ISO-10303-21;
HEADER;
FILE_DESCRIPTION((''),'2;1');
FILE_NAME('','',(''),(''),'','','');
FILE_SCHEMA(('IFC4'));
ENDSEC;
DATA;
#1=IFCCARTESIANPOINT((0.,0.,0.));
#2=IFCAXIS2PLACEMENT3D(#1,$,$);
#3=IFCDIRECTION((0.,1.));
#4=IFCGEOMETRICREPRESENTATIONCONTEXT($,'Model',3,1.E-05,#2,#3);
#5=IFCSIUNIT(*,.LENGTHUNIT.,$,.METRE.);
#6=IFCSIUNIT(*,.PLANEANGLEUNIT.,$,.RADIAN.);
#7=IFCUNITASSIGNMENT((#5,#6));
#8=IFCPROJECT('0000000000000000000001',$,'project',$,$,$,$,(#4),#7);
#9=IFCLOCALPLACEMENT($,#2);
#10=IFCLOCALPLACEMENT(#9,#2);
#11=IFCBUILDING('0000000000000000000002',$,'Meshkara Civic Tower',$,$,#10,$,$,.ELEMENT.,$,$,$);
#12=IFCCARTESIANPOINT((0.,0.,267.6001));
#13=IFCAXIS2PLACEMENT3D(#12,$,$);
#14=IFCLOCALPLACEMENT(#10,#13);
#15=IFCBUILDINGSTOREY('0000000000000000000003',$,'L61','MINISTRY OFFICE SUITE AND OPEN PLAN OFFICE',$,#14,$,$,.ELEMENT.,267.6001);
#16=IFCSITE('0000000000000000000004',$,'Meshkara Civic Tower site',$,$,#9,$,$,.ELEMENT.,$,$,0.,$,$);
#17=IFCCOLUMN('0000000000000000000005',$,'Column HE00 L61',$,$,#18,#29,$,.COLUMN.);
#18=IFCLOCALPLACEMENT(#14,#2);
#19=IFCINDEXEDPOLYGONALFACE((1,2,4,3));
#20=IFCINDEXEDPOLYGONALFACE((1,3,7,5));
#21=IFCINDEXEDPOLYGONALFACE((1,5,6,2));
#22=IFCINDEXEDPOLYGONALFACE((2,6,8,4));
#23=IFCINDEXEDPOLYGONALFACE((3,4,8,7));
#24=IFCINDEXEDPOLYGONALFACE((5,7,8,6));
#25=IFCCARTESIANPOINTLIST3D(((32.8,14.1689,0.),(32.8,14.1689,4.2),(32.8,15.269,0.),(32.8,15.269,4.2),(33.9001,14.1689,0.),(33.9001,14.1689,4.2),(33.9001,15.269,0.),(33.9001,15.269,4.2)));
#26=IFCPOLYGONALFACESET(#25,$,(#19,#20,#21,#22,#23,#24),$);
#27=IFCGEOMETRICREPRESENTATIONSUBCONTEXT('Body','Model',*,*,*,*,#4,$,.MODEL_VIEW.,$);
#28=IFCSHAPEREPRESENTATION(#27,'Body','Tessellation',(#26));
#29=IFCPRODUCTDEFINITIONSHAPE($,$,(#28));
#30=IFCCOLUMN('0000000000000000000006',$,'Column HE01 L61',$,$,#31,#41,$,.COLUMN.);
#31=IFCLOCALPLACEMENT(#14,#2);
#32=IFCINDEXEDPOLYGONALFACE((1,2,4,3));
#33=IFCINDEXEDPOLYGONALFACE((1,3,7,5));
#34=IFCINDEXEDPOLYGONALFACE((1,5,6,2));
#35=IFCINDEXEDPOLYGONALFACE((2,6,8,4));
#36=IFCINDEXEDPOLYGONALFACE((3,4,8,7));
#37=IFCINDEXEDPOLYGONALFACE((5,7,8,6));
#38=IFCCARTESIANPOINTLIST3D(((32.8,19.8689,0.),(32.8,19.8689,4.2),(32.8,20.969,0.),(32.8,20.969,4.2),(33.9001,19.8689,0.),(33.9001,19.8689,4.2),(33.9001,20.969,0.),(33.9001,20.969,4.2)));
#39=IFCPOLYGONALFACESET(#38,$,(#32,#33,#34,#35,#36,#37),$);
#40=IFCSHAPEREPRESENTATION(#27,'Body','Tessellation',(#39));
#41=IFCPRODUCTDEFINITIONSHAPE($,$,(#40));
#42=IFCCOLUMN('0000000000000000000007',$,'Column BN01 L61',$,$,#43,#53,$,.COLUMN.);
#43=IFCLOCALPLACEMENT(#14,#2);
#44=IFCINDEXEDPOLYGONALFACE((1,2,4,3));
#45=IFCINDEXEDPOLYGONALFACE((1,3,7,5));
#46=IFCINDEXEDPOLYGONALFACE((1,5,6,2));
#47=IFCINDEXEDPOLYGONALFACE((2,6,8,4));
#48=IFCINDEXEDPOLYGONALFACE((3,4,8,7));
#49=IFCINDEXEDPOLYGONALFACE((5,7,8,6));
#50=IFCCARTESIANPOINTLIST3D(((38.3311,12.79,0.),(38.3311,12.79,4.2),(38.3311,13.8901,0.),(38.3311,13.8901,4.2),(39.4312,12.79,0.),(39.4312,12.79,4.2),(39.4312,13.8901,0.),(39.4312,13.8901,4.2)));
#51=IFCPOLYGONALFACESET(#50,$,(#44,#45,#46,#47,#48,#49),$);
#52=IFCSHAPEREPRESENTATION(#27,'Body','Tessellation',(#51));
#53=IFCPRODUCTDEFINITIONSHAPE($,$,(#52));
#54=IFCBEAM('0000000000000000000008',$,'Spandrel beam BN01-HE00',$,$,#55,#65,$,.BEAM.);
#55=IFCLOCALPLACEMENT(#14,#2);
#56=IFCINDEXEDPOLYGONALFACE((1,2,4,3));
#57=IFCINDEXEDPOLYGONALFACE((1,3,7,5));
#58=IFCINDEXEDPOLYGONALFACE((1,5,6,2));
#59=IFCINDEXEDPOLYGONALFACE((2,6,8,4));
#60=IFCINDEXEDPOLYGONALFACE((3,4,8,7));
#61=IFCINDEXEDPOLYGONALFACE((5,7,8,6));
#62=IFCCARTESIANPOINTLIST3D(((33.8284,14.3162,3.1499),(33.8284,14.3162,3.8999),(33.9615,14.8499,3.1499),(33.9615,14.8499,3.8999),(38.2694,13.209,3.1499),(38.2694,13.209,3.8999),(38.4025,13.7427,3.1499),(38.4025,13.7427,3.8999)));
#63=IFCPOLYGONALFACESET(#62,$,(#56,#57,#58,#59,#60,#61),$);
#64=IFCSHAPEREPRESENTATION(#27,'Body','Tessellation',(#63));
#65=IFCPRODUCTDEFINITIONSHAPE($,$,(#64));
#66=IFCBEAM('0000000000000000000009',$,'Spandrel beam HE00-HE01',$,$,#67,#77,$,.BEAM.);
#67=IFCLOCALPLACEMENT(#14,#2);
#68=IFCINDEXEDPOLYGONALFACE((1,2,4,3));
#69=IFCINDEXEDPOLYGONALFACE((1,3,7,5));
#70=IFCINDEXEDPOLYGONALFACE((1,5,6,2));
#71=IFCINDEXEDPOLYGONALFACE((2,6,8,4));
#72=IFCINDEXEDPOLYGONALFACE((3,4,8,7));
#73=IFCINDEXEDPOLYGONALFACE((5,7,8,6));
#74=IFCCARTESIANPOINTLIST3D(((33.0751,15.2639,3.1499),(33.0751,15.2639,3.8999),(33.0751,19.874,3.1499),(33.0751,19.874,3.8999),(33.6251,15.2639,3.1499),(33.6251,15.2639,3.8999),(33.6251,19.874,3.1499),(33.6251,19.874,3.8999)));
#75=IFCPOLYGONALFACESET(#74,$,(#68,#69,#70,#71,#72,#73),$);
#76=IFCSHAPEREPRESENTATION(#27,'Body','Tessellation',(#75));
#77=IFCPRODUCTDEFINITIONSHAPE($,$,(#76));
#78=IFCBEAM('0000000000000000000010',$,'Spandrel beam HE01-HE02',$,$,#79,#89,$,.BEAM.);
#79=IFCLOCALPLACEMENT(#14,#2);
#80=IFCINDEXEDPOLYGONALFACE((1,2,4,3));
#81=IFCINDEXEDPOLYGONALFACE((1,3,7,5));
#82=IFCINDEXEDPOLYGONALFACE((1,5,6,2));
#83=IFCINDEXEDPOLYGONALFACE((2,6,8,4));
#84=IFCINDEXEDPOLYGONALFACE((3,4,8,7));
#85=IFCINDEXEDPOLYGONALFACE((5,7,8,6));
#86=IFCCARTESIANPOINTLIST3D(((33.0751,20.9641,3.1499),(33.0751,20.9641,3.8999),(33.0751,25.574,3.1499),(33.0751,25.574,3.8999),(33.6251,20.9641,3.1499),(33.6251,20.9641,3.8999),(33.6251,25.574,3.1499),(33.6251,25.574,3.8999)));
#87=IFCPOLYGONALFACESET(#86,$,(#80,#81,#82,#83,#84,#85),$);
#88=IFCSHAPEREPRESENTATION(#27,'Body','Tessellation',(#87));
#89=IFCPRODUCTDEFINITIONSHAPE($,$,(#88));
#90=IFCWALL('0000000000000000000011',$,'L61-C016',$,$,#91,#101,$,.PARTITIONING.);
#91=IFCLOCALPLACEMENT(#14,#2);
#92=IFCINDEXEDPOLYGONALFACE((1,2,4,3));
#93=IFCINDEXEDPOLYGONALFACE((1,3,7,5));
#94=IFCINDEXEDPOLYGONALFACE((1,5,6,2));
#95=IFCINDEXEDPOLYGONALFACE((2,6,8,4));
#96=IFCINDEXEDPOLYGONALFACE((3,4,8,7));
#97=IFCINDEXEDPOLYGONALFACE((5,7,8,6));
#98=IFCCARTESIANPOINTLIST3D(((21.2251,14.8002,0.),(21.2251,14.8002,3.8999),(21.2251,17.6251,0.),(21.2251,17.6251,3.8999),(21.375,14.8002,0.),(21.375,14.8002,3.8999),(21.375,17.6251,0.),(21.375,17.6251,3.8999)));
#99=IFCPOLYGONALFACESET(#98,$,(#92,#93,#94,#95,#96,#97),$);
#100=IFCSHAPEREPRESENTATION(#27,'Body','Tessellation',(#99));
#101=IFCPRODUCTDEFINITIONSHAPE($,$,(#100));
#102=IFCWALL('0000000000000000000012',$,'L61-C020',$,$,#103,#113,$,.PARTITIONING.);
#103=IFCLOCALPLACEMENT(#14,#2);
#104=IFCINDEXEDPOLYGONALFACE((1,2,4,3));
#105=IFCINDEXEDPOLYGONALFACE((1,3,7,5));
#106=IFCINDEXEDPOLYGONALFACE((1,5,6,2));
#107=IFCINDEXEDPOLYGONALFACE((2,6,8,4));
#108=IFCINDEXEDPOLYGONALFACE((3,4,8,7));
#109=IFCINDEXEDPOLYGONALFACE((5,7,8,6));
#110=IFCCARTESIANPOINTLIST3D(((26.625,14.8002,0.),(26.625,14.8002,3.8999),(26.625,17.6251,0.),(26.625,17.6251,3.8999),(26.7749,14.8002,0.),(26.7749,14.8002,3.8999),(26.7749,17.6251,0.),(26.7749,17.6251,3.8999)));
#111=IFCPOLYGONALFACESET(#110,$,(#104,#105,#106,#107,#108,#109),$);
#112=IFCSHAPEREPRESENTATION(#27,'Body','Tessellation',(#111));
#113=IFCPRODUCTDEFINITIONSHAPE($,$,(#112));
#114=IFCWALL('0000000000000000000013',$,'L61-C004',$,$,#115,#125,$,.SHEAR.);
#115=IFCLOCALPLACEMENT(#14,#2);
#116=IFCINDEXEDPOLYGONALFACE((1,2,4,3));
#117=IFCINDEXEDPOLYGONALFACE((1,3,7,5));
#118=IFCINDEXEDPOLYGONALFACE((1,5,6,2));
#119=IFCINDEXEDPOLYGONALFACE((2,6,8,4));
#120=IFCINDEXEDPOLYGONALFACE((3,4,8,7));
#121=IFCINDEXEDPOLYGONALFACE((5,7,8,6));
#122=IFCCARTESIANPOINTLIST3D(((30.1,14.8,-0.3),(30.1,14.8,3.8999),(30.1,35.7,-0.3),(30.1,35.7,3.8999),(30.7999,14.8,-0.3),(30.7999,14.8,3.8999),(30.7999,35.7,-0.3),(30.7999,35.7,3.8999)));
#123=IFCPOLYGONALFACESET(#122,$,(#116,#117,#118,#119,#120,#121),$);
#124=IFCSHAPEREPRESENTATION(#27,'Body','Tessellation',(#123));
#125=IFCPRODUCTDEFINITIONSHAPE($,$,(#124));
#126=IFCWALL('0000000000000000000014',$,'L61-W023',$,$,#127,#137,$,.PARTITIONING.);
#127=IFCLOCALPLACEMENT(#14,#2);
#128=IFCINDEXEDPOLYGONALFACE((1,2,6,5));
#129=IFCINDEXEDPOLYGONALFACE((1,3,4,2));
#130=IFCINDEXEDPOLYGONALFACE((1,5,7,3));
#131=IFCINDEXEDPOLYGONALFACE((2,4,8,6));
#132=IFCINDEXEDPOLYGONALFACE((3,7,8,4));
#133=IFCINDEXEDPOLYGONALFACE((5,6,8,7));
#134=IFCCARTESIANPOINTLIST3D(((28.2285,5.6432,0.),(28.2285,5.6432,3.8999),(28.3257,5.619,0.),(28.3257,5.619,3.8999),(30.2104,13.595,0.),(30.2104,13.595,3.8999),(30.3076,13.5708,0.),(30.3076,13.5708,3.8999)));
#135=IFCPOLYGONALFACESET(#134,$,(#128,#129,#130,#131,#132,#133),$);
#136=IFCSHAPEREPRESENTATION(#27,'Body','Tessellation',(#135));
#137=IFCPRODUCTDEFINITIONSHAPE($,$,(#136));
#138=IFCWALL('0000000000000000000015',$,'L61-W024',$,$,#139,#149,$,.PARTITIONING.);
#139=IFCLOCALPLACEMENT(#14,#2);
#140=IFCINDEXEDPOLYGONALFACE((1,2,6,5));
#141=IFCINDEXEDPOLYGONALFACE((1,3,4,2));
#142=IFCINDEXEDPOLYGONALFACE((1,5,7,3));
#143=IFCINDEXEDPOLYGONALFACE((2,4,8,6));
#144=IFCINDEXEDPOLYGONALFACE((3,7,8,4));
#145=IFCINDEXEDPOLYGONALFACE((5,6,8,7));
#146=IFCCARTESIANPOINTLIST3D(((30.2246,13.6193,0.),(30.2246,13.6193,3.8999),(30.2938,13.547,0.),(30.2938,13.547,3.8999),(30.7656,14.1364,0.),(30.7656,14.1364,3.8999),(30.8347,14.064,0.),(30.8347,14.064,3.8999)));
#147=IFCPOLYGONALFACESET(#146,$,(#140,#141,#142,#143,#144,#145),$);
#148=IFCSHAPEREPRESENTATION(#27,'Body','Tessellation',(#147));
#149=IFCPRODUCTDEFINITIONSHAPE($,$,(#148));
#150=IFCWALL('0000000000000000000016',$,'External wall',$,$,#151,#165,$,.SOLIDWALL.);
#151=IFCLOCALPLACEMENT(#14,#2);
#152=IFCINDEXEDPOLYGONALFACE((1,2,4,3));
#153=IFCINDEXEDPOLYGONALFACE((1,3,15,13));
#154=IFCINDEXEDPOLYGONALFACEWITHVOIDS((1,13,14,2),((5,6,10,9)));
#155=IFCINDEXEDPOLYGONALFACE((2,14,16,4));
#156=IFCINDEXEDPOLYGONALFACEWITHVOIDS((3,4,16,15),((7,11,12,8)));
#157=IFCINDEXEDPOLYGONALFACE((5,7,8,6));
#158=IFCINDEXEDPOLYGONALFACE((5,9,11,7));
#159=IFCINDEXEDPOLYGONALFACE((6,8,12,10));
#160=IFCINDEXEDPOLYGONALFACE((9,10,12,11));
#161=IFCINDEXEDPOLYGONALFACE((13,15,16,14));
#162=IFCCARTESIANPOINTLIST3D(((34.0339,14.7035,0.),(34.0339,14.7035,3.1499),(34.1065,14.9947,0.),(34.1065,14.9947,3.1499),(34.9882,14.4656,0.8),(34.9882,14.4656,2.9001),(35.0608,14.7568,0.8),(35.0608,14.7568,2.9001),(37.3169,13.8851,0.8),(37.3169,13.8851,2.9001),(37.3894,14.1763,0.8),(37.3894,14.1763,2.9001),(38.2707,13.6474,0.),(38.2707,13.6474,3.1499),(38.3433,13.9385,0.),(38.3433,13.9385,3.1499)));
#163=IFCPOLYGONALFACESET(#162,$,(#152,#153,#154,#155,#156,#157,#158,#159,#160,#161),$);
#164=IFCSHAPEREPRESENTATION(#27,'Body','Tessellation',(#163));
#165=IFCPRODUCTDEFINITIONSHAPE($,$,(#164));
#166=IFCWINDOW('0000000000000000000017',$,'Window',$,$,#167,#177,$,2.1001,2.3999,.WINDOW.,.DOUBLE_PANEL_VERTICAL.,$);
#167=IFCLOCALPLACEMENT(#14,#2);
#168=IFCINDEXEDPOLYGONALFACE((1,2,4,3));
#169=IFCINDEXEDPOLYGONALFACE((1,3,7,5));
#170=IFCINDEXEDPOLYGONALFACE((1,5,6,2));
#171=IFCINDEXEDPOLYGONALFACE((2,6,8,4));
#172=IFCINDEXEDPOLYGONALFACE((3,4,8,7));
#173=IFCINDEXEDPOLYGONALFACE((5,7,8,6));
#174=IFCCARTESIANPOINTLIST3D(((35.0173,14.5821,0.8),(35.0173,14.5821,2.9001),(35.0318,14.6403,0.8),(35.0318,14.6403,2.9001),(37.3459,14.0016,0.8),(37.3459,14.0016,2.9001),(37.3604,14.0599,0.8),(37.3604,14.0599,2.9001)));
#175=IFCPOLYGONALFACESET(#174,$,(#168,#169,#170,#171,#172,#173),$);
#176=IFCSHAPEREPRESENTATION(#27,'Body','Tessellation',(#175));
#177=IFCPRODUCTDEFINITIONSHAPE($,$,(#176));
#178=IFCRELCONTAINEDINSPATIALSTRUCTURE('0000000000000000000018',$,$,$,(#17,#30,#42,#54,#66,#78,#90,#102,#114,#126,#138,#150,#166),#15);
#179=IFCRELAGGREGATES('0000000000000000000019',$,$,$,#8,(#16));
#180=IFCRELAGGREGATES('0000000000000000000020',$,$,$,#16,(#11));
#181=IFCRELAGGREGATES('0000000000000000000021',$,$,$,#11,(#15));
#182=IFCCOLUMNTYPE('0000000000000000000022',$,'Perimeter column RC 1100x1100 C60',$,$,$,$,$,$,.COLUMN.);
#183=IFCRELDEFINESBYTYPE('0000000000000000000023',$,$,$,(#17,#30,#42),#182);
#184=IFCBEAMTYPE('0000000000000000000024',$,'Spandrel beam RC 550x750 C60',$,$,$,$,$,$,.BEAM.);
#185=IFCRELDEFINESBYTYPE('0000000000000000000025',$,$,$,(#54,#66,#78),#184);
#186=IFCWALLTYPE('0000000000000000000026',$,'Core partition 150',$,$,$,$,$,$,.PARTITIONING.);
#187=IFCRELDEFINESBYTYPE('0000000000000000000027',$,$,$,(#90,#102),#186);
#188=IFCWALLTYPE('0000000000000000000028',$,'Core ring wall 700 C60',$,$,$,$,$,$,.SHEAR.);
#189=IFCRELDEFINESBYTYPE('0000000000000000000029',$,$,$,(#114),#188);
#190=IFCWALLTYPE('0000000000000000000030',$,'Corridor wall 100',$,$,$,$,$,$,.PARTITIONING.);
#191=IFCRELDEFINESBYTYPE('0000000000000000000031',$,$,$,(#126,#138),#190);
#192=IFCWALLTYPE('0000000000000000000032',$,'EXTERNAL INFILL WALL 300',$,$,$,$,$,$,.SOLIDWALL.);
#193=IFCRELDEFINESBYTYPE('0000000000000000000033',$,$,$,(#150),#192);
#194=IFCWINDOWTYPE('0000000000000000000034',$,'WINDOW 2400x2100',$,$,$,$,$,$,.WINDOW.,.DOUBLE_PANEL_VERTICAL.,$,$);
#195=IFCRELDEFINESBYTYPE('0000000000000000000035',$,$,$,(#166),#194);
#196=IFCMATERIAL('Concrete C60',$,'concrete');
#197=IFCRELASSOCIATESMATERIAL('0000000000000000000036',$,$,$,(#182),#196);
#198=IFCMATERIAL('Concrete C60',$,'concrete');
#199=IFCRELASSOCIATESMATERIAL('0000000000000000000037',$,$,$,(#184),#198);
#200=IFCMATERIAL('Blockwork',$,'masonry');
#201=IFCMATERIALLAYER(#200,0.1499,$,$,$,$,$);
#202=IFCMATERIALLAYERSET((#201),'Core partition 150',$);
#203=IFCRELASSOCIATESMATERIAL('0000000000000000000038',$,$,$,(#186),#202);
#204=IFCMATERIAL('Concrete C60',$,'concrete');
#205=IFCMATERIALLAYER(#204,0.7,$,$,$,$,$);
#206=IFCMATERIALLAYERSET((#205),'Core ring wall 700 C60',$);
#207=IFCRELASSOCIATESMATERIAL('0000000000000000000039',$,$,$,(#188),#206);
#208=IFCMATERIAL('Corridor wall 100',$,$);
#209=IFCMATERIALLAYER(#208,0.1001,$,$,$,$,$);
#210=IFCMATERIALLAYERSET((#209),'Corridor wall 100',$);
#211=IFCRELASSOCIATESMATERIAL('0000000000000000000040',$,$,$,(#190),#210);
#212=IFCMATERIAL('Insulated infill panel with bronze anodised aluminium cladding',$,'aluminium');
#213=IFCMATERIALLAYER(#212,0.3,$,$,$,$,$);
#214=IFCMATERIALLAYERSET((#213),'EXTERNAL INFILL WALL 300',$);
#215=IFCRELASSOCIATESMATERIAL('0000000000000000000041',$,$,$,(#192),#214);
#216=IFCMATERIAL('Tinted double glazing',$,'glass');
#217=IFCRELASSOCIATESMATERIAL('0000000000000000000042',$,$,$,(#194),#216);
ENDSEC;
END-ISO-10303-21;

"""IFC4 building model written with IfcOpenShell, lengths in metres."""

from ifc_helpers import new_model, si_unit, direction, frame, frame_2d, origin, origin_2d, place, context, subcontext, project, spatial, rectangle, extrude, material, layer, layer_set, material_profile, profile_set, type_object, element, fill, save


model = new_model("IFC4")

# Units and contexts
model_context = context("Model", 3, precision=1e-05, world=origin(), true_north=direction((0.0, 1.0)))
body_context = subcontext(model_context, "Body", "Model", "MODEL_VIEW")
ifc_project = project(units=[si_unit("LENGTHUNIT", "METRE"), si_unit("PLANEANGLEUNIT", "RADIAN")], contexts=[model_context])

# Site, building, storey
site_placement = place(None, origin())
site = spatial("IfcSite", under=ifc_project, at=site_placement, Name="Meshkara Civic Tower site", CompositionType="ELEMENT", RefElevation=0.0)
building_placement = place(site_placement, origin())
building = spatial("IfcBuilding", under=site, at=building_placement, Name="Meshkara Civic Tower", CompositionType="ELEMENT")
storey_placement = place(building_placement, frame((0.0, 0.0, 267.6001)))
storey = spatial("IfcBuildingStorey", under=building, at=storey_placement, Name="L61", Description="MINISTRY OFFICE SUITE AND OPEN PLAN OFFICE", CompositionType="ELEMENT", Elevation=267.6001)

# Columns
ifc_material_1 = material(Name="Concrete C60", Category="concrete")
ifc_material_profile_1 = material_profile(ifc_material_1, rectangle(XDim=1.1001, YDim=1.1001, at=origin_2d()))
ifc_profile_set_1 = profile_set([ifc_material_profile_1], Name="Concrete C60")
column_type = type_object("IfcColumnType", Name="Perimeter column RC 1100x1100 C60", PredefinedType="COLUMN", material=ifc_profile_set_1)
for number, where, z_axis, x_axis, name in (
    (1, (33.3501, 14.719, 0.0), (0.0, 0.0, 1.0), (1.0, 0.0, 0.0), "Column HE00 L61"),
    (2, (33.3501, 20.4189, 0.0), (0.0, 0.0, 1.0), (1.0, 0.0, 0.0), "Column HE01 L61"),
    (3, (38.8811, 13.3401, 0.0), (0.0, 0.0, 1.0), (1.0, 0.0, 0.0), "Column BN01 L61"),
):
    element("IfcColumn", number, at=place(storey_placement, frame(where, z_axis=z_axis, x_axis=x_axis)), inside=storey, type_object=column_type, Name=name, PredefinedType="COLUMN", context=body_context, shape_type="SweptSolid", body=[
        extrude(rectangle(XDim=1.1001, YDim=1.1001, at=origin_2d()), origin(), (0.0, 0.0, 1.0), 4.2),
    ])

# Beams
ifc_material_2 = material(Name="Concrete C60", Category="concrete")
ifc_material_profile_2 = material_profile(ifc_material_2, rectangle(XDim=0.55, YDim=0.75, at=origin_2d()))
ifc_profile_set_2 = profile_set([ifc_material_profile_2], Name="Concrete C60")
beam_type = type_object("IfcBeamType", Name="Spandrel beam RC 550x750 C60", PredefinedType="BEAM", material=ifc_profile_set_2)
beam_1_placement = place(storey_placement, frame((38.3359, 13.4758, 3.5249), z_axis=(-0.970299, 0.241908, 0.0), x_axis=(-0.241908, -0.970299, 0.0)))
element("IfcBeam", 4, at=beam_1_placement, inside=storey, type_object=beam_type, Name="Spandrel beam BN01-HE00", PredefinedType="BEAM", context=body_context, shape_type="SweptSolid", body=[
    extrude(rectangle(XDim=0.55, YDim=0.75, at=origin_2d()), origin(), (0.0, 0.0, 1.0), 4.5769),
])
beam_2_placement = place(storey_placement, frame((33.3501, 15.2639, 3.5249), z_axis=(0.0, 1.0, 0.0), x_axis=(-1.0, 0.0, 0.0)))
element("IfcBeam", 5, at=beam_2_placement, inside=storey, type_object=beam_type, Name="Spandrel beam HE00-HE01", PredefinedType="BEAM", context=body_context, shape_type="SweptSolid", body=[
    extrude(rectangle(XDim=0.55, YDim=0.75, at=origin_2d()), origin(), (0.0, 0.0, 1.0), 4.6101),
])
beam_3_placement = place(storey_placement, frame((33.3501, 20.9641, 3.5249), z_axis=(0.0, 1.0, 0.0), x_axis=(-1.0, 0.0, 0.0)))
element("IfcBeam", 6, at=beam_3_placement, inside=storey, type_object=beam_type, Name="Spandrel beam HE01-HE02", PredefinedType="BEAM", context=body_context, shape_type="SweptSolid", body=[
    extrude(rectangle(XDim=0.55, YDim=0.75, at=origin_2d()), origin(), (0.0, 0.0, 1.0), 4.6099),
])

# Walls
ifc_material_3 = material(Name="Blockwork", Category="masonry")
ifc_layer_1 = layer(ifc_material_3, 0.1499)
ifc_layer_set_1 = layer_set([ifc_layer_1], Name="Core partition 150")
wall_type_1 = type_object("IfcWallType", Name="Core partition 150", PredefinedType="PARTITIONING", material=ifc_layer_set_1)
for number, where, z_axis, x_axis, name in (
    (7, (21.3, 14.8, 0.0), (0.0, 0.0, 1.0), (0.0, 1.0, 0.0), "L61-C016"),
    (8, (26.7, 14.8, 0.0), (0.0, 0.0, 1.0), (0.0, 1.0, 0.0), "L61-C020"),
):
    element("IfcWall", number, at=place(storey_placement, frame(where, z_axis=z_axis, x_axis=x_axis)), inside=storey, type_object=wall_type_1, Name=name, PredefinedType="PARTITIONING", context=body_context, shape_type="SweptSolid", body=[
        extrude(rectangle(XDim=2.825, YDim=0.1499, at=frame_2d((1.4126, 0.0))), origin(), (0.0, 0.0, 1.0), 3.8999),
    ])
ifc_material_4 = material(Name="Concrete C60", Category="concrete")
ifc_layer_2 = layer(ifc_material_4, 0.7)
ifc_layer_set_2 = layer_set([ifc_layer_2], Name="Core ring wall 700 C60")
wall_type_2 = type_object("IfcWallType", Name="Core ring wall 700 C60", PredefinedType="SHEAR", material=ifc_layer_set_2)
wall_1_placement = place(storey_placement, frame((30.45, 14.8, -0.3), z_axis=(0.0, 0.0, 1.0), x_axis=(0.0, 1.0, 0.0)))
element("IfcWall", 9, at=wall_1_placement, inside=storey, type_object=wall_type_2, Name="L61-C004", PredefinedType="SHEAR", context=body_context, shape_type="SweptSolid", body=[
    extrude(rectangle(XDim=20.8999, YDim=0.7, at=frame_2d((10.45, 0.0))), origin(), (0.0, 0.0, 1.0), 4.2),
])
ifc_material_5 = material(Name="Corridor wall 100")
ifc_layer_3 = layer(ifc_material_5, 0.1001)
ifc_layer_set_3 = layer_set([ifc_layer_3], Name="Corridor wall 100")
wall_type_3 = type_object("IfcWallType", Name="Corridor wall 100", PredefinedType="PARTITIONING", material=ifc_layer_set_3)
wall_2_placement = place(storey_placement, frame((30.259, 13.583, 0.0), z_axis=(0.0, 0.0, 1.0), x_axis=(-0.241842, -0.970316, 0.0)))
element("IfcWall", 10, at=wall_2_placement, inside=storey, type_object=wall_type_3, Name="L61-W023", PredefinedType="PARTITIONING", context=body_context, shape_type="SweptSolid", body=[
    extrude(rectangle(XDim=8.1951, YDim=0.1001, at=frame_2d((4.0977, 0.0))), origin(), (0.0, 0.0, 1.0), 3.8999),
])
wall_3_placement = place(storey_placement, frame((30.8, 14.1001, 0.0), z_axis=(0.0, 0.0, 1.0), x_axis=(-0.722911, -0.690941, 0.0)))
element("IfcWall", 11, at=wall_3_placement, inside=storey, type_object=wall_type_3, Name="L61-W024", PredefinedType="PARTITIONING", context=body_context, shape_type="SweptSolid", body=[
    extrude(rectangle(XDim=0.7483, YDim=0.1001, at=frame_2d((0.374, 0.0))), origin(), (0.0, 0.0, 1.0), 3.8999),
])

# Wall, opening, window
ifc_material_6 = material(Name="Insulated infill panel with bronze anodised aluminium cladding", Category="aluminium")
ifc_layer_4 = layer(ifc_material_6, 0.3)
ifc_layer_set_4 = layer_set([ifc_layer_4], Name="EXTERNAL INFILL WALL 300")
wall_type_4 = type_object("IfcWallType", Name="EXTERNAL INFILL WALL 300", PredefinedType="SOLIDWALL", material=ifc_layer_set_4)
wall_4_placement = place(storey_placement, frame((38.3069, 13.793, 0.0), z_axis=(0.0, 0.0, 1.0), x_axis=(-0.970307, 0.241878, 0.0)))
wall_4 = element("IfcWall", 12, at=wall_4_placement, inside=storey, type_object=wall_type_4, Name="External wall", PredefinedType="SOLIDWALL", context=body_context, shape_type="SweptSolid", body=[
    extrude(rectangle(XDim=4.3665, YDim=0.3, at=frame_2d((2.1831, 0.0))), origin(), (0.0, 0.0, 1.0), 3.1499),
])
opening_1_placement = place(wall_4_placement, frame((0.9829, 0.0, 0.8)))
opening_1 = element("IfcOpeningElement", 13, at=opening_1_placement, cuts=wall_4, PredefinedType="OPENING", context=body_context, shape_type="SweptSolid", body=[
    extrude(rectangle(XDim=2.3999, YDim=2.1001, at=frame_2d((1.2, 1.05))), frame((0.0, 0.1599, 0.0), z_axis=(0.0, -1.0, 0.0), x_axis=(1.0, 0.0, 0.0)), (0.0, 0.0, 1.0), 0.3201),
])
ifc_material_7 = material(Name="Tinted double glazing", Category="glass")
window_type = type_object("IfcWindowType", Name="WINDOW 2400x2100", PartitioningType="DOUBLE_PANEL_VERTICAL", PredefinedType="WINDOW", material=ifc_material_7)
window_1_placement = place(opening_1_placement, origin())
window_1 = element("IfcWindow", 14, at=window_1_placement, inside=storey, type_object=window_type, Name="Window", OverallHeight=2.1001, OverallWidth=2.3999, PartitioningType="DOUBLE_PANEL_VERTICAL", PredefinedType="WINDOW", context=body_context, shape_type="SweptSolid", body=[
    extrude(rectangle(XDim=2.3999, YDim=2.1001, at=frame_2d((1.2, 1.05))), frame((0.0, 0.03, 0.0), z_axis=(0.0, -1.0, 0.0), x_axis=(1.0, 0.0, 0.0)), (0.0, 0.0, 1.0), 0.0601),
])
fill(opening_1, window_1)

save(model, "model.ifc")
